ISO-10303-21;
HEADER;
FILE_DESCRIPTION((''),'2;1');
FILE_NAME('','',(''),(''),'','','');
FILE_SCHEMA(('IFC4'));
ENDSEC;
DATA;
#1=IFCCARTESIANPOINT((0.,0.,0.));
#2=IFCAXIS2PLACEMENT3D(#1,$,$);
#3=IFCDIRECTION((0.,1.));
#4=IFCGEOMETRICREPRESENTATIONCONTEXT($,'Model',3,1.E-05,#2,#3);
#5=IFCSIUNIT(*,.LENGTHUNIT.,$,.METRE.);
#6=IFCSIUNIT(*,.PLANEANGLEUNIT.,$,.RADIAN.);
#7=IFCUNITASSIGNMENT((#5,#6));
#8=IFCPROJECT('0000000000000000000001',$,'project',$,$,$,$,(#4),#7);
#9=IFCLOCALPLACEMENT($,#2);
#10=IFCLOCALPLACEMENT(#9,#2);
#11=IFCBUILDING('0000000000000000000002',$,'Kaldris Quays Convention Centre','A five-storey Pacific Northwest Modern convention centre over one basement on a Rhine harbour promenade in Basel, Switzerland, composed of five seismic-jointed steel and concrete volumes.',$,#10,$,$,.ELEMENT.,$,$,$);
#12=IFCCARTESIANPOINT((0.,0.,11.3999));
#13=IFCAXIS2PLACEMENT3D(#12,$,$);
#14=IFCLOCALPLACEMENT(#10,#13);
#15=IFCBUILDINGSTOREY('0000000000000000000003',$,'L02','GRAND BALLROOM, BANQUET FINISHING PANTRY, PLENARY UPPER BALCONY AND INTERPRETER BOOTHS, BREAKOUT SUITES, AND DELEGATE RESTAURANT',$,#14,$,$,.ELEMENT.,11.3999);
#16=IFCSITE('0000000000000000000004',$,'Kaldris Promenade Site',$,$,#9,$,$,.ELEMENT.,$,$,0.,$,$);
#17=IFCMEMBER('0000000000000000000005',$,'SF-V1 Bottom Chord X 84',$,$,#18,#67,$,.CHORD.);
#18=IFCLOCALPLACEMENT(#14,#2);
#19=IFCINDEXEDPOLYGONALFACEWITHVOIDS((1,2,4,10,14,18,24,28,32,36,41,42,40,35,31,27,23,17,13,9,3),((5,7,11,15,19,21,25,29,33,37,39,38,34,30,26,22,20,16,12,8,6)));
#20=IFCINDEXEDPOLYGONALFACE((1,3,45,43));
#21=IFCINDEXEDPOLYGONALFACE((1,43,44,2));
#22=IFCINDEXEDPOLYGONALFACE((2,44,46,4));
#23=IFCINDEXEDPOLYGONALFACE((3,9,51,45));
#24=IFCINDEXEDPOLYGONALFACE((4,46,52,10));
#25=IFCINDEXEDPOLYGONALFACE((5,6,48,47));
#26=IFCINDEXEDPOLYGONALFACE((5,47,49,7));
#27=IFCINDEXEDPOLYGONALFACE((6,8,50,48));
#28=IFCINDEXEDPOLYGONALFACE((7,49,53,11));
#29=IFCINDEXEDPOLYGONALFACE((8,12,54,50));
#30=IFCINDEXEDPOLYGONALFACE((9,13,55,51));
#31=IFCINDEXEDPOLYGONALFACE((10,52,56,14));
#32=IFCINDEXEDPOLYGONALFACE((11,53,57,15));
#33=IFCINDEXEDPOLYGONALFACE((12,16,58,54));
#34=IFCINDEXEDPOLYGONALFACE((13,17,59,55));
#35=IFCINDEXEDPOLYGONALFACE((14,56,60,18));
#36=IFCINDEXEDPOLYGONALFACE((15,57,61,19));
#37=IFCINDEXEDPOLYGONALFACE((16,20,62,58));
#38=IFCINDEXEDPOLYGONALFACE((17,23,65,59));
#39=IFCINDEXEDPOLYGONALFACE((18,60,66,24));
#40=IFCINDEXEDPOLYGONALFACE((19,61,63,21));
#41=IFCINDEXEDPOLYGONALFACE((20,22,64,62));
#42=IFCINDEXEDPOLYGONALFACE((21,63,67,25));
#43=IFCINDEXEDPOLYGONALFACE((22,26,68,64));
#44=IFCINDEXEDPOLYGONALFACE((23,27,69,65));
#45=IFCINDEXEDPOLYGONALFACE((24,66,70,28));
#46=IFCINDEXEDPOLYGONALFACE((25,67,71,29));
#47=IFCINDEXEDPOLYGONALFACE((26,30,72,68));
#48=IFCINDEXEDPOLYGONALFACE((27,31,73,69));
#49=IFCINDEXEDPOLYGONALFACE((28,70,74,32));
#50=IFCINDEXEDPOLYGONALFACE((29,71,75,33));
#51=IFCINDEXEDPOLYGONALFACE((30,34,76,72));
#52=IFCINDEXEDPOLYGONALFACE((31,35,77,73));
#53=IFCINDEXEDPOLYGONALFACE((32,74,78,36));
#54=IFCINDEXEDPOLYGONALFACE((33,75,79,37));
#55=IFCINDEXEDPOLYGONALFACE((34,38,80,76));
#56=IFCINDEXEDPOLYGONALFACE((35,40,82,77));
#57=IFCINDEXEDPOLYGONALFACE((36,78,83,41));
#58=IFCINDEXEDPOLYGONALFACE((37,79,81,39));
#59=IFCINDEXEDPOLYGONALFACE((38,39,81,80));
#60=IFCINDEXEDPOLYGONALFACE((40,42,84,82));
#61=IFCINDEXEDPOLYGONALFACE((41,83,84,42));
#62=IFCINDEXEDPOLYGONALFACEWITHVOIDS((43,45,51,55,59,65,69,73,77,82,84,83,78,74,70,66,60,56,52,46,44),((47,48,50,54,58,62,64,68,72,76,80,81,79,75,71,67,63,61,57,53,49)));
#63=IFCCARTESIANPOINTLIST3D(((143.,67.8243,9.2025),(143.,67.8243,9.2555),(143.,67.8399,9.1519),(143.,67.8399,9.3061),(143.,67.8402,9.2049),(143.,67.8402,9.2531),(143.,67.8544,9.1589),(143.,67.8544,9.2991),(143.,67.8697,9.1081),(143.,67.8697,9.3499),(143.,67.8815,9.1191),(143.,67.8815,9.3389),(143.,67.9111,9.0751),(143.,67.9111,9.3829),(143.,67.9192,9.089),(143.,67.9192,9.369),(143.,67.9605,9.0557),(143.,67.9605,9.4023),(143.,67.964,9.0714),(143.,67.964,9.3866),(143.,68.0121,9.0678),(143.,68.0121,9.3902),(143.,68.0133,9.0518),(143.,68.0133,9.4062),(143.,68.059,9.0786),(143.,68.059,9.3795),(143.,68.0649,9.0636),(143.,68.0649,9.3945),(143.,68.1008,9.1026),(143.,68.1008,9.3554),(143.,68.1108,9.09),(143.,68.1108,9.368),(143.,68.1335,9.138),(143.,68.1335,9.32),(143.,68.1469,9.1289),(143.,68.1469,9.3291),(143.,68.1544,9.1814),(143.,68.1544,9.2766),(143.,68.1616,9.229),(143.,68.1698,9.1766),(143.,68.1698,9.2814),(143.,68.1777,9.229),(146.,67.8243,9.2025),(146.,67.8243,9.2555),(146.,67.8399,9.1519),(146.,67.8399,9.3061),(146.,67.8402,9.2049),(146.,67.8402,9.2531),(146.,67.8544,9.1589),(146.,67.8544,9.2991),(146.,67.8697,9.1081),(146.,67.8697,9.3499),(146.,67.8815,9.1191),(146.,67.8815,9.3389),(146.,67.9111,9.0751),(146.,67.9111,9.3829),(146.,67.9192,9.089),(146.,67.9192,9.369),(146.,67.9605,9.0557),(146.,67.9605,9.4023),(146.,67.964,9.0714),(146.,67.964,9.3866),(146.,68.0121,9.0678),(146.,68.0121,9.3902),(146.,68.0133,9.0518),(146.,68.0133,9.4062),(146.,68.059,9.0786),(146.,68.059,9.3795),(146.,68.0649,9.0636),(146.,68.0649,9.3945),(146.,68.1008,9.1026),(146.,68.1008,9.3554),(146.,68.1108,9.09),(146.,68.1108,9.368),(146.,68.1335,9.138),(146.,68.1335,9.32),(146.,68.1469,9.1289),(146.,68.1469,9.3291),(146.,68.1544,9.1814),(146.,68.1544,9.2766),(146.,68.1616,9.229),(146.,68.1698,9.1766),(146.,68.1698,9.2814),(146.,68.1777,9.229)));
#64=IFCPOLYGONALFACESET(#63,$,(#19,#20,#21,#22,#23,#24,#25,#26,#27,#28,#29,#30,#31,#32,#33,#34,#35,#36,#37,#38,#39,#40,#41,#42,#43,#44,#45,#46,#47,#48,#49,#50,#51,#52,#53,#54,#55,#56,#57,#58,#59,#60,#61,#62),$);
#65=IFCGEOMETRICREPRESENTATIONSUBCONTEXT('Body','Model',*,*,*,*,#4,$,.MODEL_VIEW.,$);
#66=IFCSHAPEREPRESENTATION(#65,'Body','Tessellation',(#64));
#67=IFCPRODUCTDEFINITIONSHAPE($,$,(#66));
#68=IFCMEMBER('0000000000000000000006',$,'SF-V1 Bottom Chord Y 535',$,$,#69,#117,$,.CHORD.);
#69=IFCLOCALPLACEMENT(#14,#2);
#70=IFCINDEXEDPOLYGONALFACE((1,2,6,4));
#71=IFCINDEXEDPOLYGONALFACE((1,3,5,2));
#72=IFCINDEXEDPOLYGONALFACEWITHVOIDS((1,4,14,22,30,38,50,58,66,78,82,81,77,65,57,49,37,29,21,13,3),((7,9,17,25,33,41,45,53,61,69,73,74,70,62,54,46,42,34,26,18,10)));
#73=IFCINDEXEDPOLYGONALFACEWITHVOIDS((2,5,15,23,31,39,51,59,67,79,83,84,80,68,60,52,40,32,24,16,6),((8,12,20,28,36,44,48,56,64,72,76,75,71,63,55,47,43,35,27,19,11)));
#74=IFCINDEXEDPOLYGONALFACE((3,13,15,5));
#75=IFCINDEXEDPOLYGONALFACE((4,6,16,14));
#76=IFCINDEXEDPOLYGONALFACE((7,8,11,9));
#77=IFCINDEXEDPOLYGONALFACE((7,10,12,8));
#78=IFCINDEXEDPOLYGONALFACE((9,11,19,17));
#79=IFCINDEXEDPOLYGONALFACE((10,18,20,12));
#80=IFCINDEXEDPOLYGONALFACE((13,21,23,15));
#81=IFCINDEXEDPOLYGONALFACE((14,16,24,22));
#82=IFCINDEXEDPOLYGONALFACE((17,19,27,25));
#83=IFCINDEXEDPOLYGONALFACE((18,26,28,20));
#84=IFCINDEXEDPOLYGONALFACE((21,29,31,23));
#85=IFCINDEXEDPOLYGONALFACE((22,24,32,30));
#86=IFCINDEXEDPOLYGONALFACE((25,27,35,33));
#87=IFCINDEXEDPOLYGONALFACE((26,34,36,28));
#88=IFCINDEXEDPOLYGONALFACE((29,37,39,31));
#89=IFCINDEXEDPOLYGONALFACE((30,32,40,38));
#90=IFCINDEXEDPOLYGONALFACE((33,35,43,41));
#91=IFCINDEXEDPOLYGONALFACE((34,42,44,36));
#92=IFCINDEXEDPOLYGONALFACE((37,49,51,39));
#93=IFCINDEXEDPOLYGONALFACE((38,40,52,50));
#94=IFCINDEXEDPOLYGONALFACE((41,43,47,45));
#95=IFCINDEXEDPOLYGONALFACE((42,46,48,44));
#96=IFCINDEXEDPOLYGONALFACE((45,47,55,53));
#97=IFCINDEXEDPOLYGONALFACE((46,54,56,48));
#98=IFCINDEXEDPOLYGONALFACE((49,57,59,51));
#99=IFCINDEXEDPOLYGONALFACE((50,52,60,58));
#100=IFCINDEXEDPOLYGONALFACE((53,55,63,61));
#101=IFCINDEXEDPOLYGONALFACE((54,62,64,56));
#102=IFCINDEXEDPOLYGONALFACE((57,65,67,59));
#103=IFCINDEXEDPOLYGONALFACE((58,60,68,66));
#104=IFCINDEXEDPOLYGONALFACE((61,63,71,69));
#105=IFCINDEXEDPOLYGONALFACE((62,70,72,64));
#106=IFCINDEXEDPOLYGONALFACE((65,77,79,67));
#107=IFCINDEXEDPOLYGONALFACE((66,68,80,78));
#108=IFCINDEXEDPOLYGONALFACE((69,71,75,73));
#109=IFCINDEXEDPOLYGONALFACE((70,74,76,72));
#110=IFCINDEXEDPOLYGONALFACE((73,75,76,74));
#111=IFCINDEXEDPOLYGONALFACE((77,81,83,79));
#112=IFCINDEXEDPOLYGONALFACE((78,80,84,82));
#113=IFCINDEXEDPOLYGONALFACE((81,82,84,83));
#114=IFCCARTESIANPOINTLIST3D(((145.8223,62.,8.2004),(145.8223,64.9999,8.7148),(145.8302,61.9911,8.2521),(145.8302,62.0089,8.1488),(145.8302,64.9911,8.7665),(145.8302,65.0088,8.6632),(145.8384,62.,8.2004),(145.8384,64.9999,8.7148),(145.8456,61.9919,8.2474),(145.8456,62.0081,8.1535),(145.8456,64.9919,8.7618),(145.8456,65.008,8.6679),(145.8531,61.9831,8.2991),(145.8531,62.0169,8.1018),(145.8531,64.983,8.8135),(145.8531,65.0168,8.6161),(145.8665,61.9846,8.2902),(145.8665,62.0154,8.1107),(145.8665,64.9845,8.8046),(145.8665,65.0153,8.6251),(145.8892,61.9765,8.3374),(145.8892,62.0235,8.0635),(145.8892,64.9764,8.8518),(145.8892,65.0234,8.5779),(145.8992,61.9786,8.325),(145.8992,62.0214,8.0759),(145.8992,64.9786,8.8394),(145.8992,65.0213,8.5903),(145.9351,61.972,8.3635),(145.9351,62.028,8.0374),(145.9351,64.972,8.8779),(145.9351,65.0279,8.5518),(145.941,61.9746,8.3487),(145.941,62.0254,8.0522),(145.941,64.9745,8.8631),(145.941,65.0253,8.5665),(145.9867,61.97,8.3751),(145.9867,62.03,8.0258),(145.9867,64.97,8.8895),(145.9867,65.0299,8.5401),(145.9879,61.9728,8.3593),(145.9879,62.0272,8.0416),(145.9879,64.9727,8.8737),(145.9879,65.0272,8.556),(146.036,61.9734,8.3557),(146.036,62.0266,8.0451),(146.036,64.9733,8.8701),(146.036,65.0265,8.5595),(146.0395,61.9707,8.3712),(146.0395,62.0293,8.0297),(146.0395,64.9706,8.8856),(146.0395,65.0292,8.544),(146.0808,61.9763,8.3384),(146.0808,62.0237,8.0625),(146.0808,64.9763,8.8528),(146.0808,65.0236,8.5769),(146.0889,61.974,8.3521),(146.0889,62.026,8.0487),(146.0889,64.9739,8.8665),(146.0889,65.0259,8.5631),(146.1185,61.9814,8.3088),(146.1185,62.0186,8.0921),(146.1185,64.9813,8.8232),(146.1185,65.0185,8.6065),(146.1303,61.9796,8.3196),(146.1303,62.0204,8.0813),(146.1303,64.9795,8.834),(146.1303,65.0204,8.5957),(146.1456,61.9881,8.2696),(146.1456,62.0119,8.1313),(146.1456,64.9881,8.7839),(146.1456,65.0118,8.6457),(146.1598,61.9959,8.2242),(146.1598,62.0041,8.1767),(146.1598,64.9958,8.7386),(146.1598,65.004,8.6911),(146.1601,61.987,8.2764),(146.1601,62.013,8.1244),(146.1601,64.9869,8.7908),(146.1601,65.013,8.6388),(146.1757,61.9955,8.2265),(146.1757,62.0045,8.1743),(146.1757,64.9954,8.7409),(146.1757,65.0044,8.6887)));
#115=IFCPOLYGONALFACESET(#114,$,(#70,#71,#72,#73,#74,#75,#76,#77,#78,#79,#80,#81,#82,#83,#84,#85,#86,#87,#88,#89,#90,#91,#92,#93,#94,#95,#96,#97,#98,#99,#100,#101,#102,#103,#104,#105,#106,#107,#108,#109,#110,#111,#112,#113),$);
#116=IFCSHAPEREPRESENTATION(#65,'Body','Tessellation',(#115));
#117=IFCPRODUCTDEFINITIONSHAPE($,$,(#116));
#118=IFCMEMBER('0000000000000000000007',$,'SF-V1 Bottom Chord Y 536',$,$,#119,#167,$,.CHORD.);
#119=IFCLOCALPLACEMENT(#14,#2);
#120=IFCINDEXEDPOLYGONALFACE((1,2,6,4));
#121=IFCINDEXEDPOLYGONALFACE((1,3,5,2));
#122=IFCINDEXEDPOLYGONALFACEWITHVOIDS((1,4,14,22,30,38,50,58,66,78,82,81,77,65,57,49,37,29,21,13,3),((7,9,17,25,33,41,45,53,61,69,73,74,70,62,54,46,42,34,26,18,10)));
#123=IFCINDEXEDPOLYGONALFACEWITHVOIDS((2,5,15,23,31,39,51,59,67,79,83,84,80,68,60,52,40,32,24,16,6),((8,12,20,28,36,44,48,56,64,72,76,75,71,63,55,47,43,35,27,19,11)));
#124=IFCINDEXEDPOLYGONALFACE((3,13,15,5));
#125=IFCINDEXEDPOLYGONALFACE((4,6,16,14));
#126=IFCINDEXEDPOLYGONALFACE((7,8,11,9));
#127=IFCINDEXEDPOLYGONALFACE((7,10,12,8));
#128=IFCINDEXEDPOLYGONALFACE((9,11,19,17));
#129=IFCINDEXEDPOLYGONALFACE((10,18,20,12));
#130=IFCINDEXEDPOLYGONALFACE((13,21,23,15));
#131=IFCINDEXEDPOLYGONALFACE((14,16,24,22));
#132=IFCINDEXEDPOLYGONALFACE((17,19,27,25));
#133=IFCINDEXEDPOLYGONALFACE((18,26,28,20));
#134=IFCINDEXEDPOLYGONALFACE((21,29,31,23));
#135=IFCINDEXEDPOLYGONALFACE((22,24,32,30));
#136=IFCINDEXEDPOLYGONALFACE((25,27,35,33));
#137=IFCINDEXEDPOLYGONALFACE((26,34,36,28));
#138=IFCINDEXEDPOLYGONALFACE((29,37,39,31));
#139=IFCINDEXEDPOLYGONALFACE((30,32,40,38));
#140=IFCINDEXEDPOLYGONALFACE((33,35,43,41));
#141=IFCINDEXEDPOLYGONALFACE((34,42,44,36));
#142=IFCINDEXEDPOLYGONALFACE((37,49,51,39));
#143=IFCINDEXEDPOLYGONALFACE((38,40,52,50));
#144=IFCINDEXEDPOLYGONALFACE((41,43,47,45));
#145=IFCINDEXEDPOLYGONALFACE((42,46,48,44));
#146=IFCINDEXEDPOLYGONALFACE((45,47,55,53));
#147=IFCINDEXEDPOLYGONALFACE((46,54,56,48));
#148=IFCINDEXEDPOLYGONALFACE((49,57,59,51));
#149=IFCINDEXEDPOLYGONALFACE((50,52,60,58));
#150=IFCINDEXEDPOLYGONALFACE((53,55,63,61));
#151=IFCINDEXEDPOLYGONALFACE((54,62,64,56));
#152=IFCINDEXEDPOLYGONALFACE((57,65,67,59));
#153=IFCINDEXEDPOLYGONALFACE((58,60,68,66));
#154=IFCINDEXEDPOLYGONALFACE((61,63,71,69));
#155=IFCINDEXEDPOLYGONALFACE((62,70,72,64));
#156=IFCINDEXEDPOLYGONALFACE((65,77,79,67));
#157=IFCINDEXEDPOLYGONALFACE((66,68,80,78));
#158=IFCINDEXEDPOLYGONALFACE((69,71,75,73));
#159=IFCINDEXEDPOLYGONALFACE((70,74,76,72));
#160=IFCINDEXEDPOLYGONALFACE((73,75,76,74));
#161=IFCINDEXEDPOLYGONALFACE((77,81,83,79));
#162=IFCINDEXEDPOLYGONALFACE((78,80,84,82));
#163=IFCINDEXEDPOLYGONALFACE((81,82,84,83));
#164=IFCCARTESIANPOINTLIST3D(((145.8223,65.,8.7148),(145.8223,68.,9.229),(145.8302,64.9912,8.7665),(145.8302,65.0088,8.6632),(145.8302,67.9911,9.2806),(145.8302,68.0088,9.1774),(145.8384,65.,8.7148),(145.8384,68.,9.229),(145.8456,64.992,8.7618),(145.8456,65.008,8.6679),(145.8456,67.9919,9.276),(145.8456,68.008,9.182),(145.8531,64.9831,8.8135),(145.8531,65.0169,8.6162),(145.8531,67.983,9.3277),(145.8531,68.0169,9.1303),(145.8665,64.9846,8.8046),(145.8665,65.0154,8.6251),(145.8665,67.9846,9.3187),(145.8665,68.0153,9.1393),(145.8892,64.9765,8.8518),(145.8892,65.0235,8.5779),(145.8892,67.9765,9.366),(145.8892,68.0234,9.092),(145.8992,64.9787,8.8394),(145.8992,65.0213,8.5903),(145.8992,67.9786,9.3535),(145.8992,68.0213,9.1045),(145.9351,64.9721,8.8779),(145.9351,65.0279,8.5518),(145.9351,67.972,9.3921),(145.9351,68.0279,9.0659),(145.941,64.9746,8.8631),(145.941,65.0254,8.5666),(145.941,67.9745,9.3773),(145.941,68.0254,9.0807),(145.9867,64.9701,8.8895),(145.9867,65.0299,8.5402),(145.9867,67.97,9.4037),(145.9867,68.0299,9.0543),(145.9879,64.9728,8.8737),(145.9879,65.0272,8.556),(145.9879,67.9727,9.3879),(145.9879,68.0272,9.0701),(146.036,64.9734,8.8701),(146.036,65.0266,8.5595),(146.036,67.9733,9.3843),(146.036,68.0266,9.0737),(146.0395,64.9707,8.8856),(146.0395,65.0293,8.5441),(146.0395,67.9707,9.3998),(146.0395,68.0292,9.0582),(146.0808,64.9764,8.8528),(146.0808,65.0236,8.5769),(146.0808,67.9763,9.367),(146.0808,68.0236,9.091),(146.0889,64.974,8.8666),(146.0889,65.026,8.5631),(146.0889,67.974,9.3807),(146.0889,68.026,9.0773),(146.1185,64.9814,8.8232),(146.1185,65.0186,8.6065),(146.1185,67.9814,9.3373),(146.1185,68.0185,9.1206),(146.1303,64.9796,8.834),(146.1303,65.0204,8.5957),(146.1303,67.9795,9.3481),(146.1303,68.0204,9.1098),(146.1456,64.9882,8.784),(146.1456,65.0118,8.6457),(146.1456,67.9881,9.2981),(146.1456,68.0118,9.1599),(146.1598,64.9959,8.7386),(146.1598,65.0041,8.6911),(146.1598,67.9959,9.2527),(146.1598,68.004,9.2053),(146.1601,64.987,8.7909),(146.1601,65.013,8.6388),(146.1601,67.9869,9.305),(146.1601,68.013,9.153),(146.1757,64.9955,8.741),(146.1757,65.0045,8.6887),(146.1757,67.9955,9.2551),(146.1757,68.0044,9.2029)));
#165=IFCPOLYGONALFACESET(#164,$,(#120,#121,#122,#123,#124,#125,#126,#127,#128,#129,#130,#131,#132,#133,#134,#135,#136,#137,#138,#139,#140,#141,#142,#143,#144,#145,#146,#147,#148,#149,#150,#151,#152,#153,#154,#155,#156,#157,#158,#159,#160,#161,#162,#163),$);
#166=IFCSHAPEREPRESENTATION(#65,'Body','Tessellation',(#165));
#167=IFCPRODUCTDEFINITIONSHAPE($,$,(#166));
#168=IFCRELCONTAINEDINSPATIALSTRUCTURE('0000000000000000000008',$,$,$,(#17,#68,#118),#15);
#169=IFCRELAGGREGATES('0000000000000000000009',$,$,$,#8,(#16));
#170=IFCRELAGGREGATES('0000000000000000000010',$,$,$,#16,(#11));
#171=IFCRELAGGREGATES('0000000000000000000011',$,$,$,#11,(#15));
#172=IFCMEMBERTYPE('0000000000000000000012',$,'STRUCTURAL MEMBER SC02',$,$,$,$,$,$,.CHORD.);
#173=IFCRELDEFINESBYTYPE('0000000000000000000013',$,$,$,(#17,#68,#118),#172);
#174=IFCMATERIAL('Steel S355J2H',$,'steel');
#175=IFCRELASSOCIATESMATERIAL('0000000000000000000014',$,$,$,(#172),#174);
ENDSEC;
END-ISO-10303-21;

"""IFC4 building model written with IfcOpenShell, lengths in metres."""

from ifc_helpers import new_model, si_unit, direction, frame, origin, origin_2d, place, context, subcontext, project, spatial, hollow_circle, extrude, material, material_profile, profile_set, type_object, element, save


model = new_model("IFC4")

# Units and contexts
model_context = context("Model", 3, precision=1e-05, world=origin(), true_north=direction((0.0, 1.0)))
body_context = subcontext(model_context, "Body", "Model", "MODEL_VIEW")
ifc_project = project(units=[si_unit("LENGTHUNIT", "METRE"), si_unit("PLANEANGLEUNIT", "RADIAN")], contexts=[model_context])

# Site, building, storey
site_placement = place(None, origin())
site = spatial("IfcSite", under=ifc_project, at=site_placement, Name="Kaldris Promenade Site", CompositionType="ELEMENT", RefElevation=0.0)
building_placement = place(site_placement, origin())
building = spatial("IfcBuilding", under=site, at=building_placement, Name="Kaldris Quays Convention Centre", Description="A five-storey Pacific Northwest Modern convention centre over one basement on a Rhine harbour promenade in Basel, Switzerland, composed of five seismic-jointed steel and concrete volumes.", CompositionType="ELEMENT")
storey_placement = place(building_placement, frame((0.0, 0.0, 11.3999)))
storey = spatial("IfcBuildingStorey", under=building, at=storey_placement, Name="L02", Description="GRAND BALLROOM, BANQUET FINISHING PANTRY, PLENARY UPPER BALCONY AND INTERPRETER BOOTHS, BREAKOUT SUITES, AND DELEGATE RESTAURANT", CompositionType="ELEMENT", Elevation=11.3999)

# Members
ifc_material_1 = material(Name="Steel S355J2H", Category="steel")
ifc_material_profile_1 = material_profile(ifc_material_1, hollow_circle(Radius=0.1777, WallThickness=0.0161, at=origin_2d()), Name="CHS 355.6x16")
ifc_profile_set_1 = profile_set([ifc_material_profile_1], Name="Steel S355J2H")
member_type_1 = type_object("IfcMemberType", Name="STRUCTURAL MEMBER SC02", PredefinedType="CHORD", material=ifc_profile_set_1)
for number, where, z_axis, x_axis, name in (
    (1, (143.0, 68.0, 9.229), (1.0, 0.0, 0.0), (0.0, 1.0, 0.0), "SF-V1 Bottom Chord X 84"),
):
    element("IfcMember", number, at=place(storey_placement, frame(where, z_axis=z_axis, x_axis=x_axis)), inside=storey, type_object=member_type_1, Name=name, PredefinedType="CHORD", context=body_context, shape_type="SweptSolid", body=[
        extrude(hollow_circle(Radius=0.1777, WallThickness=0.0161, at=origin_2d()), origin(), (0.0, 0.0, 1.0), 3.0),
    ])
for number, where, z_axis, x_axis, name in (
    (2, (146.0, 62.0, 8.2004), (0.0, 0.985616, 0.169002), (-1.0, 0.0, 0.0), "SF-V1 Bottom Chord Y 535"),
    (3, (146.0, 65.0, 8.7148), (0.0, 0.985629, 0.168924), (-1.0, 0.0, 0.0), "SF-V1 Bottom Chord Y 536"),
):
    element("IfcMember", number, at=place(storey_placement, frame(where, z_axis=z_axis, x_axis=x_axis)), inside=storey, type_object=member_type_1, Name=name, PredefinedType="CHORD", context=body_context, shape_type="SweptSolid", body=[
        extrude(hollow_circle(Radius=0.1777, WallThickness=0.0161, at=origin_2d()), origin(), (0.0, 0.0, 1.0), 3.0437),
    ])

save(model, "model.ifc")
